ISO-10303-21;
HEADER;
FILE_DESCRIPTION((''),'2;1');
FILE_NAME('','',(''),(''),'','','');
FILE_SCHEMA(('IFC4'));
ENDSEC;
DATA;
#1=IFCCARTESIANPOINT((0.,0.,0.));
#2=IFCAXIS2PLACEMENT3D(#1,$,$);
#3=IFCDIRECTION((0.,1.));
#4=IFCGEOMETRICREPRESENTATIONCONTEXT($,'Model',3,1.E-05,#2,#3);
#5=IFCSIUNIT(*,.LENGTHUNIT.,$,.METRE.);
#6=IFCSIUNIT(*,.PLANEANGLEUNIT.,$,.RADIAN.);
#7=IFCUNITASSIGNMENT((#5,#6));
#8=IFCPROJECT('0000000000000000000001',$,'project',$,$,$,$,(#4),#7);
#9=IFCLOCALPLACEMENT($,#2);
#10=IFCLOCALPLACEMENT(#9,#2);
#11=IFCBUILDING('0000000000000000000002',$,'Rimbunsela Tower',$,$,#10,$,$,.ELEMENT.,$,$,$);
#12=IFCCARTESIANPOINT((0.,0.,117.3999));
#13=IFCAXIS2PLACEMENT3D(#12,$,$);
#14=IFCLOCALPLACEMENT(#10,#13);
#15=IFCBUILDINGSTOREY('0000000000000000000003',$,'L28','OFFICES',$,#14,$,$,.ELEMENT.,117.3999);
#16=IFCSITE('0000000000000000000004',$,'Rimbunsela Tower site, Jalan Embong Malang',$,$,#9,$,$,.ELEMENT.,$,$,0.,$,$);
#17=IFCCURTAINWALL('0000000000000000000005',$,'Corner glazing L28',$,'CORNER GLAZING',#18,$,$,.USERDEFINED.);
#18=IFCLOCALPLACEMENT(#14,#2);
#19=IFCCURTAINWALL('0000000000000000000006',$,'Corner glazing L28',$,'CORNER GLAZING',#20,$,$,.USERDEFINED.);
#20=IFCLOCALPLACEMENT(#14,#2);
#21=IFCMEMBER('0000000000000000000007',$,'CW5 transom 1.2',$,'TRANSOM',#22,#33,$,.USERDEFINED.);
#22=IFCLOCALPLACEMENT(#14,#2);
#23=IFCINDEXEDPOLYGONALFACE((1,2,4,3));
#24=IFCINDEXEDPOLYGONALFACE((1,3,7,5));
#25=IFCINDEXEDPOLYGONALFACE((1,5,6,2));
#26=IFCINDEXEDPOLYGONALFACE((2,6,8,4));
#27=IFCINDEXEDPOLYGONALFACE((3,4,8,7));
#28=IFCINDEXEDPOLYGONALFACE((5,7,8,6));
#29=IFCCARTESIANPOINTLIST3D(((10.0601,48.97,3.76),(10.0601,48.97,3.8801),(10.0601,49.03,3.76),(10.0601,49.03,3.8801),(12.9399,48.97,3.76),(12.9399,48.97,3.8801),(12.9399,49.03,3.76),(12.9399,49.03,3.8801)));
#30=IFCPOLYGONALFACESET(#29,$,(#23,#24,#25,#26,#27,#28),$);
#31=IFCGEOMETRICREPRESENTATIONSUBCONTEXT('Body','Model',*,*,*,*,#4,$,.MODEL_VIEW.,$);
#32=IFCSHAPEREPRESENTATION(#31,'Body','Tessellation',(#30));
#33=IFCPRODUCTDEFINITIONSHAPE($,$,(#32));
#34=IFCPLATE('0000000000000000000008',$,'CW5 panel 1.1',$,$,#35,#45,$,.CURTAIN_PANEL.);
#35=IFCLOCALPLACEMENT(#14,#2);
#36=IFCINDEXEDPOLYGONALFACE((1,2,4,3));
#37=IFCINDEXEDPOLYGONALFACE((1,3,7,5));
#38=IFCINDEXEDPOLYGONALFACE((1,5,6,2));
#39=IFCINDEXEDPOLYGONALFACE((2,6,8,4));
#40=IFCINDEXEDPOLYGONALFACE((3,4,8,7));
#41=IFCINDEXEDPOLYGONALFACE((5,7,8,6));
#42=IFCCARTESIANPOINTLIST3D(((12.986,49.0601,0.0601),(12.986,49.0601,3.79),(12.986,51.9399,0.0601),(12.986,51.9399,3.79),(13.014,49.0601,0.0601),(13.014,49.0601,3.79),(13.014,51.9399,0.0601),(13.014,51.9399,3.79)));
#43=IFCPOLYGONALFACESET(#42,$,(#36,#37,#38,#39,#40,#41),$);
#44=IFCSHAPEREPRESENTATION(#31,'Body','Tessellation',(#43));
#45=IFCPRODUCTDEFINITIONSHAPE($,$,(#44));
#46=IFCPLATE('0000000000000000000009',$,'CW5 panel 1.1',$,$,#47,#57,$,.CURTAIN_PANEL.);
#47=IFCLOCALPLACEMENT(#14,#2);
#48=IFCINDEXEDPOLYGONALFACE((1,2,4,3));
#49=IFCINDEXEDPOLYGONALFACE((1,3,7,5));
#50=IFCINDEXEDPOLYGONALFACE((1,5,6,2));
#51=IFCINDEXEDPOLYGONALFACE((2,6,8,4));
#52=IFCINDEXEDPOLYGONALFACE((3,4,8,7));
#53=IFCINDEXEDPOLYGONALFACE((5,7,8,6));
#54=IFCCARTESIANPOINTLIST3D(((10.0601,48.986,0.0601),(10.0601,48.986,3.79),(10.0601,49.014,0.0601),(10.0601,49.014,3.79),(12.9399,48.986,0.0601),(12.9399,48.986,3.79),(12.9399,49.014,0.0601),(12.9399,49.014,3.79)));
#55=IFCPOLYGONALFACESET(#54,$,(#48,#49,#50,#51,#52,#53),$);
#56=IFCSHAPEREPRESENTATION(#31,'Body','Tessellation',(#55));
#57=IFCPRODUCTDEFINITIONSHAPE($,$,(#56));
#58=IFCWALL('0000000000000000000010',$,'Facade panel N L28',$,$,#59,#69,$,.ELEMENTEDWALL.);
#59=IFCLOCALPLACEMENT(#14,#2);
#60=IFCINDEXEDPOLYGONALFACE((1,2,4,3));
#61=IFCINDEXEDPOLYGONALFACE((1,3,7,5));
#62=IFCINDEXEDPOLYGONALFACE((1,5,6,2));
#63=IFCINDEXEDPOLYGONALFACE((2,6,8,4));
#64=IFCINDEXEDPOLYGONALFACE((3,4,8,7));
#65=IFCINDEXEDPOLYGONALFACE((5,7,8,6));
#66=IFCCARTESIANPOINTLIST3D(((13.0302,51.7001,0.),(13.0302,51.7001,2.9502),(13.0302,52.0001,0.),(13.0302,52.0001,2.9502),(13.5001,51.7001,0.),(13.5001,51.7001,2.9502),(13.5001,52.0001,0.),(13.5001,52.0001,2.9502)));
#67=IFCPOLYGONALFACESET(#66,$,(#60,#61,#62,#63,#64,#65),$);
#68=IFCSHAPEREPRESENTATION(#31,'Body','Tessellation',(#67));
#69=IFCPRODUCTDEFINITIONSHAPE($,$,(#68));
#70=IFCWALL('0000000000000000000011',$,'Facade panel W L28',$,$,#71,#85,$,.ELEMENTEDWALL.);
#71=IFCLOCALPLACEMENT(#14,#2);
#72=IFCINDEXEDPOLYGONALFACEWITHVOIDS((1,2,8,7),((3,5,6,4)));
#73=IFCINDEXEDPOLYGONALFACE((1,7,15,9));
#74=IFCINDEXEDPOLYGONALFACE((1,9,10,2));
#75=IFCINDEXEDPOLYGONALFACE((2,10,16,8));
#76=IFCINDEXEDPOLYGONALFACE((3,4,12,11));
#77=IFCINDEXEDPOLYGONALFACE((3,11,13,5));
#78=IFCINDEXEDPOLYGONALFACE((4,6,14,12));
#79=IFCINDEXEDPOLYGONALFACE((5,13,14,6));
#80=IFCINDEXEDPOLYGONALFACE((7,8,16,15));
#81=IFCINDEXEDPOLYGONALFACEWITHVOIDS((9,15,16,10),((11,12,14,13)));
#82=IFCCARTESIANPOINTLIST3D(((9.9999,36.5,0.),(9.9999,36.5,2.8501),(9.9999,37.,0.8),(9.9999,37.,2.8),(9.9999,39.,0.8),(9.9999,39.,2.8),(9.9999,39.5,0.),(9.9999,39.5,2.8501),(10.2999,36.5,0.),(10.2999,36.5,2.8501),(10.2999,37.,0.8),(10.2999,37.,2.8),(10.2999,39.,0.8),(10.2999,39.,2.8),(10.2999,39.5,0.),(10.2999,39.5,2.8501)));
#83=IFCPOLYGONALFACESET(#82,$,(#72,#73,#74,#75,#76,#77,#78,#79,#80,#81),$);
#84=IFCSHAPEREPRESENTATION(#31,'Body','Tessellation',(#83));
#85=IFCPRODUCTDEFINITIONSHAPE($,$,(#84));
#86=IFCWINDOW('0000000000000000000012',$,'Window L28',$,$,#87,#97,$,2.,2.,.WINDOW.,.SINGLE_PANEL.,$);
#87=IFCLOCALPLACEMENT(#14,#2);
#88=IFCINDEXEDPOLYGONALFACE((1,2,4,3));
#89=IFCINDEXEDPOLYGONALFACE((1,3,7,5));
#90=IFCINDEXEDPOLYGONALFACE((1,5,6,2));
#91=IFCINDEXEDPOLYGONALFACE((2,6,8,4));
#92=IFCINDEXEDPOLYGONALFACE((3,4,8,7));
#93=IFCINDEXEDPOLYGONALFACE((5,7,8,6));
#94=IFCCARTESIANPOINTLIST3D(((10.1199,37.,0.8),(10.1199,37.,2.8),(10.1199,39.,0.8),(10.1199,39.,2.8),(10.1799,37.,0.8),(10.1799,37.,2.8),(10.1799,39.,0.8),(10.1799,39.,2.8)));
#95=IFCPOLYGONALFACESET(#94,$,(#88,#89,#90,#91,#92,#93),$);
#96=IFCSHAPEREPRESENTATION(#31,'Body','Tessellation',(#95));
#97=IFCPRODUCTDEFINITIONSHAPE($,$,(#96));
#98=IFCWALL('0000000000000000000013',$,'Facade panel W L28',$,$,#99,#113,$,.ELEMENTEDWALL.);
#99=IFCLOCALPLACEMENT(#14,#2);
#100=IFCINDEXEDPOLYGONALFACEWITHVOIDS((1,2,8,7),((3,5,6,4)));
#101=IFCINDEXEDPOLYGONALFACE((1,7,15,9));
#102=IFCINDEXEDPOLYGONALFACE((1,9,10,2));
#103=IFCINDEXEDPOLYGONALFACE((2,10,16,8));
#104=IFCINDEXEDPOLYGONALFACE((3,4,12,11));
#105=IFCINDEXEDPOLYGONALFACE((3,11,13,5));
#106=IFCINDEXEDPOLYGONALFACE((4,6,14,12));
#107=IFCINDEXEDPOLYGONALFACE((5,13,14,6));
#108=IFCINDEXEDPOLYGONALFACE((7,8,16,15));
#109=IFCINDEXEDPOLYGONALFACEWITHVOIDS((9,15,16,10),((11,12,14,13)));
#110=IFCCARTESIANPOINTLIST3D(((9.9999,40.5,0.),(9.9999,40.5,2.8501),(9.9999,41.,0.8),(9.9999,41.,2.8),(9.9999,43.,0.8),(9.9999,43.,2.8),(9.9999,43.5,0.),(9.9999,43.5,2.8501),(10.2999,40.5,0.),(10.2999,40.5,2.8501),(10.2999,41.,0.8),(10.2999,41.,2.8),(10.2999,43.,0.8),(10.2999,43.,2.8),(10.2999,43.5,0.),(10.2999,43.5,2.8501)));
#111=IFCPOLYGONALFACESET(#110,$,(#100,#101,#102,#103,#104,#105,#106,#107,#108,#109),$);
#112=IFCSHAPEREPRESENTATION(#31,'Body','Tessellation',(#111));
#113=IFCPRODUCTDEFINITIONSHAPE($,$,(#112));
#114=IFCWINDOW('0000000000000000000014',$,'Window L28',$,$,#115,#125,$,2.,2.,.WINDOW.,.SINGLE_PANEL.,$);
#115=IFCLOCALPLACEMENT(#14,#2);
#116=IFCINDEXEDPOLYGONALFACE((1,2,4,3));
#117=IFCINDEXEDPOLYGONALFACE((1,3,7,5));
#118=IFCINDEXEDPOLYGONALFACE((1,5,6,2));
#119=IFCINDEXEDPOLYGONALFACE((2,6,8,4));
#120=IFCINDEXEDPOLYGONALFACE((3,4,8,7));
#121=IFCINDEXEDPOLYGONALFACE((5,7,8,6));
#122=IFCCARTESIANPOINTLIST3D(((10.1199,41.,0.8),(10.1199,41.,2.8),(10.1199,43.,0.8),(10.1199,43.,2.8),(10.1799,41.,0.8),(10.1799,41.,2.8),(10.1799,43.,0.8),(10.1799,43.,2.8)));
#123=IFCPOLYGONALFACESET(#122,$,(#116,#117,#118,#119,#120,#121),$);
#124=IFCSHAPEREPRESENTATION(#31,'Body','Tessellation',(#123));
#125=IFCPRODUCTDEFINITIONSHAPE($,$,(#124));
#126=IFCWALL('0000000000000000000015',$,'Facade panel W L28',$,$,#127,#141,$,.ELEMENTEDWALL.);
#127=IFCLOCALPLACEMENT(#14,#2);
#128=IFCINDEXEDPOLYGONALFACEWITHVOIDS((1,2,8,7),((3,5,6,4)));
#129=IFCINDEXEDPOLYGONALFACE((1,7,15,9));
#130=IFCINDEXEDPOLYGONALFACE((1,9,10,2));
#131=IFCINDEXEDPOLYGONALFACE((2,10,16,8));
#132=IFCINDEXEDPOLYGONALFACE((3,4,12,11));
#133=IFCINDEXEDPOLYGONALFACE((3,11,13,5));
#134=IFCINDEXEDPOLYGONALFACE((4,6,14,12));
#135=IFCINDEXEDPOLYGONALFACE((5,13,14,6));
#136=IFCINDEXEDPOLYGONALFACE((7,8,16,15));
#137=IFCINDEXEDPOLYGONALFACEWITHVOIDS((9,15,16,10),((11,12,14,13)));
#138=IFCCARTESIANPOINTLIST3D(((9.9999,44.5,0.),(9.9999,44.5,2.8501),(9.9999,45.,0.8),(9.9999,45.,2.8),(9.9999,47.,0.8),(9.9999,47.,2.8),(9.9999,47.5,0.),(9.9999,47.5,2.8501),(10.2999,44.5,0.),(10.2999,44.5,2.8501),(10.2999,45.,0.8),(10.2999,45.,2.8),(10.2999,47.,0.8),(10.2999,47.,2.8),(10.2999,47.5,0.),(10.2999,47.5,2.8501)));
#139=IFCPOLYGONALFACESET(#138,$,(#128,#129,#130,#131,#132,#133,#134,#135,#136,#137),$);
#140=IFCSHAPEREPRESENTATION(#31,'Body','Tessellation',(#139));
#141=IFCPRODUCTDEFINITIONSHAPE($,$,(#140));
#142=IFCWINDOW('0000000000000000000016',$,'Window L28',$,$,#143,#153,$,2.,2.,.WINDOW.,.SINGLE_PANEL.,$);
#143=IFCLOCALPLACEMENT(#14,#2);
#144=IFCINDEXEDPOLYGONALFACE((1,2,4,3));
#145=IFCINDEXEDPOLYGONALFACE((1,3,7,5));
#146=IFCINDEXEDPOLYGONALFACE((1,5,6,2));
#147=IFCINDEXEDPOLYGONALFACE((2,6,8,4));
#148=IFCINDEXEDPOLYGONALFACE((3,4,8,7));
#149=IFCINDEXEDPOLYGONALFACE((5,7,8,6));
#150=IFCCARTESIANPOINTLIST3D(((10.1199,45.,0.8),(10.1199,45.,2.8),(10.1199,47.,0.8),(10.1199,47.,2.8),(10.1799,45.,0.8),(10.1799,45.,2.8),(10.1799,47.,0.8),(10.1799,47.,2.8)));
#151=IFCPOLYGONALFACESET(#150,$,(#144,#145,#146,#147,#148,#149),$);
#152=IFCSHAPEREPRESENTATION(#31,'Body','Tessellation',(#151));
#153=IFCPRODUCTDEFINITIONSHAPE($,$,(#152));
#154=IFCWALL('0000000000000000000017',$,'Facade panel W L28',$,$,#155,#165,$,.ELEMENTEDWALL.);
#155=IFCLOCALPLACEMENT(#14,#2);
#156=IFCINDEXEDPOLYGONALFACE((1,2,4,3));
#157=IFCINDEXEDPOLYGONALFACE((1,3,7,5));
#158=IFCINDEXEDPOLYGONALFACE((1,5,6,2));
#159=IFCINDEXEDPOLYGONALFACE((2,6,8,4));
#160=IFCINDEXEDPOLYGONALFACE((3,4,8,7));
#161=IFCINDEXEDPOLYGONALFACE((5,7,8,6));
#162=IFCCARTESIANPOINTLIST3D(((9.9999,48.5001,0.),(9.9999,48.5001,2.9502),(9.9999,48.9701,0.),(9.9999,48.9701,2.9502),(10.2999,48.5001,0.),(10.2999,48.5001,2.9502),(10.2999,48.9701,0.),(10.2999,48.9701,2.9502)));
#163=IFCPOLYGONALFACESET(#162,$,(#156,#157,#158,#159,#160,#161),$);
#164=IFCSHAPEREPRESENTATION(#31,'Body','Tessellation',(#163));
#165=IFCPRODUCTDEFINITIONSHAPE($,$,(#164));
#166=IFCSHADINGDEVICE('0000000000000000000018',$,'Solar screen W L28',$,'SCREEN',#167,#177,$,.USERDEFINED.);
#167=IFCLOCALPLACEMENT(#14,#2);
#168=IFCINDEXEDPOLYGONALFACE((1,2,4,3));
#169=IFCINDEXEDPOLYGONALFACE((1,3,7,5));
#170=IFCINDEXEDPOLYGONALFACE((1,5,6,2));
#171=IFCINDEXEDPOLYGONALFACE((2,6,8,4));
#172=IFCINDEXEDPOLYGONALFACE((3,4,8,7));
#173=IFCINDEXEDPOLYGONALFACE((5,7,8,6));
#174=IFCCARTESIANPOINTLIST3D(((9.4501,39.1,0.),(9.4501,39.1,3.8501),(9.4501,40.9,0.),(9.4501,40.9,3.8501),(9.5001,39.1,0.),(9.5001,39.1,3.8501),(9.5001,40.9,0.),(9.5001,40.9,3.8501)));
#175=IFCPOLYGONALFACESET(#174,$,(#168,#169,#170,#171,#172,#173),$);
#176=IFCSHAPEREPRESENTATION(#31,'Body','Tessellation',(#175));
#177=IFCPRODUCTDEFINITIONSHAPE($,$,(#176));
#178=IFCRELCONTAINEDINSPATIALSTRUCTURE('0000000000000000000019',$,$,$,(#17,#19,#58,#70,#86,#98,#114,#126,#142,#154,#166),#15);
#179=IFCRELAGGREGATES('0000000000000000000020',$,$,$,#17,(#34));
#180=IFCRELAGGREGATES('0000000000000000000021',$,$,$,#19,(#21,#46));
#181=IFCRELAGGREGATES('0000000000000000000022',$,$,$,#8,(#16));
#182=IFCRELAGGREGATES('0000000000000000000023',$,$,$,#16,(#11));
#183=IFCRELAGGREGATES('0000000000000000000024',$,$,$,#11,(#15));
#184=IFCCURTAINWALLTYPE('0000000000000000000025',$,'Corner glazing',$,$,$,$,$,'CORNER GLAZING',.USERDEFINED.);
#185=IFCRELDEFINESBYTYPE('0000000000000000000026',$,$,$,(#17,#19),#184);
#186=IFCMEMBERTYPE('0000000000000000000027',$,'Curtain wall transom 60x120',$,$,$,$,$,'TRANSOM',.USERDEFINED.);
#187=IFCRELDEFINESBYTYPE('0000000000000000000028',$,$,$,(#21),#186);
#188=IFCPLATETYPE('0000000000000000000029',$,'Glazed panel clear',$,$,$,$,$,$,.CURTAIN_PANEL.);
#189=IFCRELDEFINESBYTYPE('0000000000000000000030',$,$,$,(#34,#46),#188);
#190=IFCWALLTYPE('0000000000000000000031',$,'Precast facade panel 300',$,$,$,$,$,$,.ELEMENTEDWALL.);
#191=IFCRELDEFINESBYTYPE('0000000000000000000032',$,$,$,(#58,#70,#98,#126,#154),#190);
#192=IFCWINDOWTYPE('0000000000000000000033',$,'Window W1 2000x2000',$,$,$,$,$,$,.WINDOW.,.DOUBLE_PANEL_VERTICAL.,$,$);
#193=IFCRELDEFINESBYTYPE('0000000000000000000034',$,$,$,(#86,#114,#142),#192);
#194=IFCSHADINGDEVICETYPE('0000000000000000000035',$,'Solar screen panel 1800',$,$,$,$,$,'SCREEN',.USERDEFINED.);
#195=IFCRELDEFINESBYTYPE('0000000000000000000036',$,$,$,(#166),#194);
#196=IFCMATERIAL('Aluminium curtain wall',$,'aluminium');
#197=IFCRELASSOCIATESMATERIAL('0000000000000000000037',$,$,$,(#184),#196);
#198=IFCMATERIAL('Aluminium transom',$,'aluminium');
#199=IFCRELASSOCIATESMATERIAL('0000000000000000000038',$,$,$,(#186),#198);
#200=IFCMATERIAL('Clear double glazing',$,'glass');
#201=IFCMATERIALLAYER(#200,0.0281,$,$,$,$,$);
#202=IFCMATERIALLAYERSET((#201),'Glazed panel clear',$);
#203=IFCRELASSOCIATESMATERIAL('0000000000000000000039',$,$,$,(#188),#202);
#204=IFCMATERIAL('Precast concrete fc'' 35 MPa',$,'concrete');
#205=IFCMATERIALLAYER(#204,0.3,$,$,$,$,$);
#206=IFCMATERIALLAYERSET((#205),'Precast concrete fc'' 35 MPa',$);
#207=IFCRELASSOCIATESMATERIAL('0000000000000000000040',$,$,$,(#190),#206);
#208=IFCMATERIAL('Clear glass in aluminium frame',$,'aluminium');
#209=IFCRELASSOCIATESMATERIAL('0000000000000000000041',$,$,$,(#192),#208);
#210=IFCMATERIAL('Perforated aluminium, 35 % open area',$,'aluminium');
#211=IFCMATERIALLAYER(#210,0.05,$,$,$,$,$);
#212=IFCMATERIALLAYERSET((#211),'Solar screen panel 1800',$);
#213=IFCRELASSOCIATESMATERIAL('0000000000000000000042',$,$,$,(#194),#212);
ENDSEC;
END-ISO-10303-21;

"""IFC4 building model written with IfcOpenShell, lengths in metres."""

from ifc_helpers import new_model, si_unit, direction, frame, frame_2d, origin, origin_2d, place, context, subcontext, project, spatial, rectangle, extrude, material, layer, layer_set, material_profile, profile_set, type_object, element, fill, aggregate, save


model = new_model("IFC4")

# Units and contexts
model_context = context("Model", 3, precision=1e-05, world=origin(), true_north=direction((0.0, 1.0)))
body_context = subcontext(model_context, "Body", "Model", "MODEL_VIEW")
ifc_project = project(units=[si_unit("LENGTHUNIT", "METRE"), si_unit("PLANEANGLEUNIT", "RADIAN")], contexts=[model_context])

# Site, building, storey
site_placement = place(None, origin())
site = spatial("IfcSite", under=ifc_project, at=site_placement, Name="Rimbunsela Tower site, Jalan Embong Malang", CompositionType="ELEMENT", RefElevation=0.0)
building_placement = place(site_placement, origin())
building = spatial("IfcBuilding", under=site, at=building_placement, Name="Rimbunsela Tower", CompositionType="ELEMENT")
storey_placement = place(building_placement, frame((0.0, 0.0, 117.3999)))
storey = spatial("IfcBuildingStorey", under=building, at=storey_placement, Name="L28", Description="OFFICES", CompositionType="ELEMENT", Elevation=117.3999)

# Curtain walls
ifc_material_1 = material(Name="Aluminium curtain wall", Category="aluminium")
curtain_wall_type = type_object("IfcCurtainWallType", Name="Corner glazing", ElementType="CORNER GLAZING", PredefinedType="USERDEFINED", material=ifc_material_1)
curtain_wall_1_placement = place(storey_placement, origin())
curtain_wall_1 = element("IfcCurtainWall", 1, at=curtain_wall_1_placement, inside=storey, type_object=curtain_wall_type, Name="Corner glazing L28", ObjectType="CORNER GLAZING", PredefinedType="USERDEFINED")
curtain_wall_2_placement = place(storey_placement, origin())
curtain_wall_2 = element("IfcCurtainWall", 2, at=curtain_wall_2_placement, inside=storey, type_object=curtain_wall_type, Name="Corner glazing L28", ObjectType="CORNER GLAZING", PredefinedType="USERDEFINED")

# Member
ifc_material_2 = material(Name="Aluminium transom", Category="aluminium")
ifc_material_profile_1 = material_profile(ifc_material_2, rectangle(XDim=0.0601, YDim=0.1201, at=origin_2d()), Name="Transom 60x120")
ifc_profile_set_1 = profile_set([ifc_material_profile_1], Name="Aluminium transom")
member_type_1 = type_object("IfcMemberType", Name="Curtain wall transom 60x120", ElementType="TRANSOM", PredefinedType="USERDEFINED", material=ifc_profile_set_1)
member_1_placement = place(storey_placement, frame((12.9399, 49.0, 3.8201), z_axis=(-1.0, 0.0, 0.0), x_axis=(0.0, -1.0, 0.0)))
member_1 = element("IfcMember", 3, at=member_1_placement, type_object=member_type_1, Name="CW5 transom 1.2", ObjectType="TRANSOM", PredefinedType="USERDEFINED", context=body_context, shape_type="SweptSolid", body=[
    extrude(rectangle(XDim=0.0601, YDim=0.1201, at=origin_2d()), origin(), (0.0, 0.0, 1.0), 2.8799),
])

# Plates
ifc_material_3 = material(Name="Clear double glazing", Category="glass")
ifc_layer_1 = layer(ifc_material_3, 0.0281)
ifc_layer_set_1 = layer_set([ifc_layer_1], Name="Glazed panel clear")
plate_type = type_object("IfcPlateType", Name="Glazed panel clear", PredefinedType="CURTAIN_PANEL", material=ifc_layer_set_1)
plate_1_placement = place(storey_placement, frame((13.0, 50.5, 0.0601), z_axis=(0.0, 0.0, 1.0), x_axis=(0.0, -1.0, 0.0)))
plate_1 = element("IfcPlate", 4, at=plate_1_placement, type_object=plate_type, Name="CW5 panel 1.1", PredefinedType="CURTAIN_PANEL", context=body_context, shape_type="SweptSolid", body=[
    extrude(rectangle(XDim=2.8799, YDim=0.0281, at=origin_2d()), origin(), (0.0, 0.0, 1.0), 3.73),
])
aggregate(curtain_wall_1, [plate_1])
plate_2_placement = place(storey_placement, frame((11.5, 49.0, 0.0601), z_axis=(0.0, 0.0, 1.0), x_axis=(-1.0, 0.0, 0.0)))
plate_2 = element("IfcPlate", 5, at=plate_2_placement, type_object=plate_type, Name="CW5 panel 1.1", PredefinedType="CURTAIN_PANEL", context=body_context, shape_type="SweptSolid", body=[
    extrude(rectangle(XDim=2.8799, YDim=0.0281, at=origin_2d()), origin(), (0.0, 0.0, 1.0), 3.73),
])
aggregate(curtain_wall_2, [member_1, plate_2])

# Wall
ifc_material_4 = material(Name="Precast concrete fc' 35 MPa", Category="concrete")
ifc_layer_2 = layer(ifc_material_4, 0.3)
ifc_layer_set_2 = layer_set([ifc_layer_2], Name="Precast concrete fc' 35 MPa")
wall_type = type_object("IfcWallType", Name="Precast facade panel 300", PredefinedType="ELEMENTEDWALL", material=ifc_layer_set_2)
wall_1_placement = place(storey_placement, frame((13.5, 51.8501, 0.0), z_axis=(0.0, 0.0, 1.0), x_axis=(-1.0, 0.0, 0.0)))
element("IfcWall", 6, at=wall_1_placement, inside=storey, type_object=wall_type, Name="Facade panel N L28", PredefinedType="ELEMENTEDWALL", context=body_context, shape_type="SweptSolid", body=[
    extrude(rectangle(XDim=0.47, YDim=0.3, at=frame_2d((0.2349, 0.0))), origin(), (0.0, 0.0, 1.0), 2.9502),
])

# Walls, openings, windows
wall_2_placement = place(storey_placement, frame((10.1499, 39.5, 0.0), z_axis=(0.0, 0.0, 1.0), x_axis=(0.0, -1.0, 0.0)))
wall_2 = element("IfcWall", 7, at=wall_2_placement, inside=storey, type_object=wall_type, Name="Facade panel W L28", PredefinedType="ELEMENTEDWALL", context=body_context, shape_type="SweptSolid", body=[
    extrude(rectangle(XDim=3.0, YDim=0.3, at=frame_2d((1.5, 0.0))), origin(), (0.0, 0.0, 1.0), 2.8501),
])
opening_1_placement = place(wall_2_placement, frame((0.5, 0.0, 0.8)))
opening_1 = element("IfcOpeningElement", 8, at=opening_1_placement, cuts=wall_2, PredefinedType="OPENING", context=body_context, shape_type="SweptSolid", body=[
    extrude(rectangle(XDim=2.0, YDim=2.0, at=frame_2d((1.0, 1.0))), frame((0.0, 0.1599, 0.0), z_axis=(0.0, -1.0, 0.0), x_axis=(1.0, 0.0, 0.0)), (0.0, 0.0, 1.0), 0.3201),
])
ifc_material_5 = material(Name="Clear glass in aluminium frame", Category="aluminium")
window_type = type_object("IfcWindowType", Name="Window W1 2000x2000", PartitioningType="DOUBLE_PANEL_VERTICAL", PredefinedType="WINDOW", material=ifc_material_5)
window_1_placement = place(opening_1_placement, origin())
window_1 = element("IfcWindow", 9, at=window_1_placement, inside=storey, type_object=window_type, Name="Window L28", OverallHeight=2.0, OverallWidth=2.0, PartitioningType="SINGLE_PANEL", PredefinedType="WINDOW", context=body_context, shape_type="SweptSolid", body=[
    extrude(rectangle(XDim=2.0, YDim=2.0, at=frame_2d((1.0, 1.0))), frame((0.0, 0.03, 0.0), z_axis=(0.0, -1.0, 0.0), x_axis=(1.0, 0.0, 0.0)), (0.0, 0.0, 1.0), 0.0601),
])
fill(opening_1, window_1)
wall_3_placement = place(storey_placement, frame((10.1499, 43.5, 0.0), z_axis=(0.0, 0.0, 1.0), x_axis=(0.0, -1.0, 0.0)))
wall_3 = element("IfcWall", 10, at=wall_3_placement, inside=storey, type_object=wall_type, Name="Facade panel W L28", PredefinedType="ELEMENTEDWALL", context=body_context, shape_type="SweptSolid", body=[
    extrude(rectangle(XDim=3.0, YDim=0.3, at=frame_2d((1.5, 0.0))), origin(), (0.0, 0.0, 1.0), 2.8501),
])
opening_2_placement = place(wall_3_placement, frame((0.5, 0.0, 0.8)))
opening_2 = element("IfcOpeningElement", 11, at=opening_2_placement, cuts=wall_3, PredefinedType="OPENING", context=body_context, shape_type="SweptSolid", body=[
    extrude(rectangle(XDim=2.0, YDim=2.0, at=frame_2d((1.0, 1.0))), frame((0.0, 0.1599, 0.0), z_axis=(0.0, -1.0, 0.0), x_axis=(1.0, 0.0, 0.0)), (0.0, 0.0, 1.0), 0.3201),
])
window_2_placement = place(opening_2_placement, origin())
window_2 = element("IfcWindow", 12, at=window_2_placement, inside=storey, type_object=window_type, Name="Window L28", OverallHeight=2.0, OverallWidth=2.0, PartitioningType="SINGLE_PANEL", PredefinedType="WINDOW", context=body_context, shape_type="SweptSolid", body=[
    extrude(rectangle(XDim=2.0, YDim=2.0, at=frame_2d((1.0, 1.0))), frame((0.0, 0.03, 0.0), z_axis=(0.0, -1.0, 0.0), x_axis=(1.0, 0.0, 0.0)), (0.0, 0.0, 1.0), 0.0601),
])
fill(opening_2, window_2)
wall_4_placement = place(storey_placement, frame((10.1499, 47.5, 0.0), z_axis=(0.0, 0.0, 1.0), x_axis=(0.0, -1.0, 0.0)))
wall_4 = element("IfcWall", 13, at=wall_4_placement, inside=storey, type_object=wall_type, Name="Facade panel W L28", PredefinedType="ELEMENTEDWALL", context=body_context, shape_type="SweptSolid", body=[
    extrude(rectangle(XDim=3.0, YDim=0.3, at=frame_2d((1.5, 0.0))), origin(), (0.0, 0.0, 1.0), 2.8501),
])
opening_3_placement = place(wall_4_placement, frame((0.5, 0.0, 0.8)))
opening_3 = element("IfcOpeningElement", 14, at=opening_3_placement, cuts=wall_4, PredefinedType="OPENING", context=body_context, shape_type="SweptSolid", body=[
    extrude(rectangle(XDim=2.0, YDim=2.0, at=frame_2d((1.0, 1.0))), frame((0.0, 0.1599, 0.0), z_axis=(0.0, -1.0, 0.0), x_axis=(1.0, 0.0, 0.0)), (0.0, 0.0, 1.0), 0.3201),
])
window_3_placement = place(opening_3_placement, origin())
window_3 = element("IfcWindow", 15, at=window_3_placement, inside=storey, type_object=window_type, Name="Window L28", OverallHeight=2.0, OverallWidth=2.0, PartitioningType="SINGLE_PANEL", PredefinedType="WINDOW", context=body_context, shape_type="SweptSolid", body=[
    extrude(rectangle(XDim=2.0, YDim=2.0, at=frame_2d((1.0, 1.0))), frame((0.0, 0.03, 0.0), z_axis=(0.0, -1.0, 0.0), x_axis=(1.0, 0.0, 0.0)), (0.0, 0.0, 1.0), 0.0601),
])
fill(opening_3, window_3)

# Wall
wall_5_placement = place(storey_placement, frame((10.1499, 48.97, 0.0), z_axis=(0.0, 0.0, 1.0), x_axis=(0.0, -1.0, 0.0)))
element("IfcWall", 16, at=wall_5_placement, inside=storey, type_object=wall_type, Name="Facade panel W L28", PredefinedType="ELEMENTEDWALL", context=body_context, shape_type="SweptSolid", body=[
    extrude(rectangle(XDim=0.47, YDim=0.3, at=frame_2d((0.2349, 0.0))), origin(), (0.0, 0.0, 1.0), 2.9502),
])

# Shading device
ifc_material_6 = material(Name="Perforated aluminium, 35 % open area", Category="aluminium")
ifc_layer_3 = layer(ifc_material_6, 0.05)
ifc_layer_set_3 = layer_set([ifc_layer_3], Name="Solar screen panel 1800")
shading_device_type = type_object("IfcShadingDeviceType", Name="Solar screen panel 1800", ElementType="SCREEN", PredefinedType="USERDEFINED", material=ifc_layer_set_3)
for number, where, z_axis, x_axis, name in (
    (17, (9.4751, 40.0, 0.0), (0.0, 0.0, 1.0), (0.0, 1.0, 0.0), "Solar screen W L28"),
):
    element("IfcShadingDevice", number, at=place(storey_placement, frame(where, z_axis=z_axis, x_axis=x_axis)), inside=storey, type_object=shading_device_type, Name=name, ObjectType="SCREEN", PredefinedType="USERDEFINED", context=body_context, shape_type="SweptSolid", body=[
        extrude(rectangle(XDim=1.8, YDim=0.05, at=origin_2d()), origin(), (0.0, 0.0, 1.0), 3.8501),
    ])

save(model, "model.ifc")
